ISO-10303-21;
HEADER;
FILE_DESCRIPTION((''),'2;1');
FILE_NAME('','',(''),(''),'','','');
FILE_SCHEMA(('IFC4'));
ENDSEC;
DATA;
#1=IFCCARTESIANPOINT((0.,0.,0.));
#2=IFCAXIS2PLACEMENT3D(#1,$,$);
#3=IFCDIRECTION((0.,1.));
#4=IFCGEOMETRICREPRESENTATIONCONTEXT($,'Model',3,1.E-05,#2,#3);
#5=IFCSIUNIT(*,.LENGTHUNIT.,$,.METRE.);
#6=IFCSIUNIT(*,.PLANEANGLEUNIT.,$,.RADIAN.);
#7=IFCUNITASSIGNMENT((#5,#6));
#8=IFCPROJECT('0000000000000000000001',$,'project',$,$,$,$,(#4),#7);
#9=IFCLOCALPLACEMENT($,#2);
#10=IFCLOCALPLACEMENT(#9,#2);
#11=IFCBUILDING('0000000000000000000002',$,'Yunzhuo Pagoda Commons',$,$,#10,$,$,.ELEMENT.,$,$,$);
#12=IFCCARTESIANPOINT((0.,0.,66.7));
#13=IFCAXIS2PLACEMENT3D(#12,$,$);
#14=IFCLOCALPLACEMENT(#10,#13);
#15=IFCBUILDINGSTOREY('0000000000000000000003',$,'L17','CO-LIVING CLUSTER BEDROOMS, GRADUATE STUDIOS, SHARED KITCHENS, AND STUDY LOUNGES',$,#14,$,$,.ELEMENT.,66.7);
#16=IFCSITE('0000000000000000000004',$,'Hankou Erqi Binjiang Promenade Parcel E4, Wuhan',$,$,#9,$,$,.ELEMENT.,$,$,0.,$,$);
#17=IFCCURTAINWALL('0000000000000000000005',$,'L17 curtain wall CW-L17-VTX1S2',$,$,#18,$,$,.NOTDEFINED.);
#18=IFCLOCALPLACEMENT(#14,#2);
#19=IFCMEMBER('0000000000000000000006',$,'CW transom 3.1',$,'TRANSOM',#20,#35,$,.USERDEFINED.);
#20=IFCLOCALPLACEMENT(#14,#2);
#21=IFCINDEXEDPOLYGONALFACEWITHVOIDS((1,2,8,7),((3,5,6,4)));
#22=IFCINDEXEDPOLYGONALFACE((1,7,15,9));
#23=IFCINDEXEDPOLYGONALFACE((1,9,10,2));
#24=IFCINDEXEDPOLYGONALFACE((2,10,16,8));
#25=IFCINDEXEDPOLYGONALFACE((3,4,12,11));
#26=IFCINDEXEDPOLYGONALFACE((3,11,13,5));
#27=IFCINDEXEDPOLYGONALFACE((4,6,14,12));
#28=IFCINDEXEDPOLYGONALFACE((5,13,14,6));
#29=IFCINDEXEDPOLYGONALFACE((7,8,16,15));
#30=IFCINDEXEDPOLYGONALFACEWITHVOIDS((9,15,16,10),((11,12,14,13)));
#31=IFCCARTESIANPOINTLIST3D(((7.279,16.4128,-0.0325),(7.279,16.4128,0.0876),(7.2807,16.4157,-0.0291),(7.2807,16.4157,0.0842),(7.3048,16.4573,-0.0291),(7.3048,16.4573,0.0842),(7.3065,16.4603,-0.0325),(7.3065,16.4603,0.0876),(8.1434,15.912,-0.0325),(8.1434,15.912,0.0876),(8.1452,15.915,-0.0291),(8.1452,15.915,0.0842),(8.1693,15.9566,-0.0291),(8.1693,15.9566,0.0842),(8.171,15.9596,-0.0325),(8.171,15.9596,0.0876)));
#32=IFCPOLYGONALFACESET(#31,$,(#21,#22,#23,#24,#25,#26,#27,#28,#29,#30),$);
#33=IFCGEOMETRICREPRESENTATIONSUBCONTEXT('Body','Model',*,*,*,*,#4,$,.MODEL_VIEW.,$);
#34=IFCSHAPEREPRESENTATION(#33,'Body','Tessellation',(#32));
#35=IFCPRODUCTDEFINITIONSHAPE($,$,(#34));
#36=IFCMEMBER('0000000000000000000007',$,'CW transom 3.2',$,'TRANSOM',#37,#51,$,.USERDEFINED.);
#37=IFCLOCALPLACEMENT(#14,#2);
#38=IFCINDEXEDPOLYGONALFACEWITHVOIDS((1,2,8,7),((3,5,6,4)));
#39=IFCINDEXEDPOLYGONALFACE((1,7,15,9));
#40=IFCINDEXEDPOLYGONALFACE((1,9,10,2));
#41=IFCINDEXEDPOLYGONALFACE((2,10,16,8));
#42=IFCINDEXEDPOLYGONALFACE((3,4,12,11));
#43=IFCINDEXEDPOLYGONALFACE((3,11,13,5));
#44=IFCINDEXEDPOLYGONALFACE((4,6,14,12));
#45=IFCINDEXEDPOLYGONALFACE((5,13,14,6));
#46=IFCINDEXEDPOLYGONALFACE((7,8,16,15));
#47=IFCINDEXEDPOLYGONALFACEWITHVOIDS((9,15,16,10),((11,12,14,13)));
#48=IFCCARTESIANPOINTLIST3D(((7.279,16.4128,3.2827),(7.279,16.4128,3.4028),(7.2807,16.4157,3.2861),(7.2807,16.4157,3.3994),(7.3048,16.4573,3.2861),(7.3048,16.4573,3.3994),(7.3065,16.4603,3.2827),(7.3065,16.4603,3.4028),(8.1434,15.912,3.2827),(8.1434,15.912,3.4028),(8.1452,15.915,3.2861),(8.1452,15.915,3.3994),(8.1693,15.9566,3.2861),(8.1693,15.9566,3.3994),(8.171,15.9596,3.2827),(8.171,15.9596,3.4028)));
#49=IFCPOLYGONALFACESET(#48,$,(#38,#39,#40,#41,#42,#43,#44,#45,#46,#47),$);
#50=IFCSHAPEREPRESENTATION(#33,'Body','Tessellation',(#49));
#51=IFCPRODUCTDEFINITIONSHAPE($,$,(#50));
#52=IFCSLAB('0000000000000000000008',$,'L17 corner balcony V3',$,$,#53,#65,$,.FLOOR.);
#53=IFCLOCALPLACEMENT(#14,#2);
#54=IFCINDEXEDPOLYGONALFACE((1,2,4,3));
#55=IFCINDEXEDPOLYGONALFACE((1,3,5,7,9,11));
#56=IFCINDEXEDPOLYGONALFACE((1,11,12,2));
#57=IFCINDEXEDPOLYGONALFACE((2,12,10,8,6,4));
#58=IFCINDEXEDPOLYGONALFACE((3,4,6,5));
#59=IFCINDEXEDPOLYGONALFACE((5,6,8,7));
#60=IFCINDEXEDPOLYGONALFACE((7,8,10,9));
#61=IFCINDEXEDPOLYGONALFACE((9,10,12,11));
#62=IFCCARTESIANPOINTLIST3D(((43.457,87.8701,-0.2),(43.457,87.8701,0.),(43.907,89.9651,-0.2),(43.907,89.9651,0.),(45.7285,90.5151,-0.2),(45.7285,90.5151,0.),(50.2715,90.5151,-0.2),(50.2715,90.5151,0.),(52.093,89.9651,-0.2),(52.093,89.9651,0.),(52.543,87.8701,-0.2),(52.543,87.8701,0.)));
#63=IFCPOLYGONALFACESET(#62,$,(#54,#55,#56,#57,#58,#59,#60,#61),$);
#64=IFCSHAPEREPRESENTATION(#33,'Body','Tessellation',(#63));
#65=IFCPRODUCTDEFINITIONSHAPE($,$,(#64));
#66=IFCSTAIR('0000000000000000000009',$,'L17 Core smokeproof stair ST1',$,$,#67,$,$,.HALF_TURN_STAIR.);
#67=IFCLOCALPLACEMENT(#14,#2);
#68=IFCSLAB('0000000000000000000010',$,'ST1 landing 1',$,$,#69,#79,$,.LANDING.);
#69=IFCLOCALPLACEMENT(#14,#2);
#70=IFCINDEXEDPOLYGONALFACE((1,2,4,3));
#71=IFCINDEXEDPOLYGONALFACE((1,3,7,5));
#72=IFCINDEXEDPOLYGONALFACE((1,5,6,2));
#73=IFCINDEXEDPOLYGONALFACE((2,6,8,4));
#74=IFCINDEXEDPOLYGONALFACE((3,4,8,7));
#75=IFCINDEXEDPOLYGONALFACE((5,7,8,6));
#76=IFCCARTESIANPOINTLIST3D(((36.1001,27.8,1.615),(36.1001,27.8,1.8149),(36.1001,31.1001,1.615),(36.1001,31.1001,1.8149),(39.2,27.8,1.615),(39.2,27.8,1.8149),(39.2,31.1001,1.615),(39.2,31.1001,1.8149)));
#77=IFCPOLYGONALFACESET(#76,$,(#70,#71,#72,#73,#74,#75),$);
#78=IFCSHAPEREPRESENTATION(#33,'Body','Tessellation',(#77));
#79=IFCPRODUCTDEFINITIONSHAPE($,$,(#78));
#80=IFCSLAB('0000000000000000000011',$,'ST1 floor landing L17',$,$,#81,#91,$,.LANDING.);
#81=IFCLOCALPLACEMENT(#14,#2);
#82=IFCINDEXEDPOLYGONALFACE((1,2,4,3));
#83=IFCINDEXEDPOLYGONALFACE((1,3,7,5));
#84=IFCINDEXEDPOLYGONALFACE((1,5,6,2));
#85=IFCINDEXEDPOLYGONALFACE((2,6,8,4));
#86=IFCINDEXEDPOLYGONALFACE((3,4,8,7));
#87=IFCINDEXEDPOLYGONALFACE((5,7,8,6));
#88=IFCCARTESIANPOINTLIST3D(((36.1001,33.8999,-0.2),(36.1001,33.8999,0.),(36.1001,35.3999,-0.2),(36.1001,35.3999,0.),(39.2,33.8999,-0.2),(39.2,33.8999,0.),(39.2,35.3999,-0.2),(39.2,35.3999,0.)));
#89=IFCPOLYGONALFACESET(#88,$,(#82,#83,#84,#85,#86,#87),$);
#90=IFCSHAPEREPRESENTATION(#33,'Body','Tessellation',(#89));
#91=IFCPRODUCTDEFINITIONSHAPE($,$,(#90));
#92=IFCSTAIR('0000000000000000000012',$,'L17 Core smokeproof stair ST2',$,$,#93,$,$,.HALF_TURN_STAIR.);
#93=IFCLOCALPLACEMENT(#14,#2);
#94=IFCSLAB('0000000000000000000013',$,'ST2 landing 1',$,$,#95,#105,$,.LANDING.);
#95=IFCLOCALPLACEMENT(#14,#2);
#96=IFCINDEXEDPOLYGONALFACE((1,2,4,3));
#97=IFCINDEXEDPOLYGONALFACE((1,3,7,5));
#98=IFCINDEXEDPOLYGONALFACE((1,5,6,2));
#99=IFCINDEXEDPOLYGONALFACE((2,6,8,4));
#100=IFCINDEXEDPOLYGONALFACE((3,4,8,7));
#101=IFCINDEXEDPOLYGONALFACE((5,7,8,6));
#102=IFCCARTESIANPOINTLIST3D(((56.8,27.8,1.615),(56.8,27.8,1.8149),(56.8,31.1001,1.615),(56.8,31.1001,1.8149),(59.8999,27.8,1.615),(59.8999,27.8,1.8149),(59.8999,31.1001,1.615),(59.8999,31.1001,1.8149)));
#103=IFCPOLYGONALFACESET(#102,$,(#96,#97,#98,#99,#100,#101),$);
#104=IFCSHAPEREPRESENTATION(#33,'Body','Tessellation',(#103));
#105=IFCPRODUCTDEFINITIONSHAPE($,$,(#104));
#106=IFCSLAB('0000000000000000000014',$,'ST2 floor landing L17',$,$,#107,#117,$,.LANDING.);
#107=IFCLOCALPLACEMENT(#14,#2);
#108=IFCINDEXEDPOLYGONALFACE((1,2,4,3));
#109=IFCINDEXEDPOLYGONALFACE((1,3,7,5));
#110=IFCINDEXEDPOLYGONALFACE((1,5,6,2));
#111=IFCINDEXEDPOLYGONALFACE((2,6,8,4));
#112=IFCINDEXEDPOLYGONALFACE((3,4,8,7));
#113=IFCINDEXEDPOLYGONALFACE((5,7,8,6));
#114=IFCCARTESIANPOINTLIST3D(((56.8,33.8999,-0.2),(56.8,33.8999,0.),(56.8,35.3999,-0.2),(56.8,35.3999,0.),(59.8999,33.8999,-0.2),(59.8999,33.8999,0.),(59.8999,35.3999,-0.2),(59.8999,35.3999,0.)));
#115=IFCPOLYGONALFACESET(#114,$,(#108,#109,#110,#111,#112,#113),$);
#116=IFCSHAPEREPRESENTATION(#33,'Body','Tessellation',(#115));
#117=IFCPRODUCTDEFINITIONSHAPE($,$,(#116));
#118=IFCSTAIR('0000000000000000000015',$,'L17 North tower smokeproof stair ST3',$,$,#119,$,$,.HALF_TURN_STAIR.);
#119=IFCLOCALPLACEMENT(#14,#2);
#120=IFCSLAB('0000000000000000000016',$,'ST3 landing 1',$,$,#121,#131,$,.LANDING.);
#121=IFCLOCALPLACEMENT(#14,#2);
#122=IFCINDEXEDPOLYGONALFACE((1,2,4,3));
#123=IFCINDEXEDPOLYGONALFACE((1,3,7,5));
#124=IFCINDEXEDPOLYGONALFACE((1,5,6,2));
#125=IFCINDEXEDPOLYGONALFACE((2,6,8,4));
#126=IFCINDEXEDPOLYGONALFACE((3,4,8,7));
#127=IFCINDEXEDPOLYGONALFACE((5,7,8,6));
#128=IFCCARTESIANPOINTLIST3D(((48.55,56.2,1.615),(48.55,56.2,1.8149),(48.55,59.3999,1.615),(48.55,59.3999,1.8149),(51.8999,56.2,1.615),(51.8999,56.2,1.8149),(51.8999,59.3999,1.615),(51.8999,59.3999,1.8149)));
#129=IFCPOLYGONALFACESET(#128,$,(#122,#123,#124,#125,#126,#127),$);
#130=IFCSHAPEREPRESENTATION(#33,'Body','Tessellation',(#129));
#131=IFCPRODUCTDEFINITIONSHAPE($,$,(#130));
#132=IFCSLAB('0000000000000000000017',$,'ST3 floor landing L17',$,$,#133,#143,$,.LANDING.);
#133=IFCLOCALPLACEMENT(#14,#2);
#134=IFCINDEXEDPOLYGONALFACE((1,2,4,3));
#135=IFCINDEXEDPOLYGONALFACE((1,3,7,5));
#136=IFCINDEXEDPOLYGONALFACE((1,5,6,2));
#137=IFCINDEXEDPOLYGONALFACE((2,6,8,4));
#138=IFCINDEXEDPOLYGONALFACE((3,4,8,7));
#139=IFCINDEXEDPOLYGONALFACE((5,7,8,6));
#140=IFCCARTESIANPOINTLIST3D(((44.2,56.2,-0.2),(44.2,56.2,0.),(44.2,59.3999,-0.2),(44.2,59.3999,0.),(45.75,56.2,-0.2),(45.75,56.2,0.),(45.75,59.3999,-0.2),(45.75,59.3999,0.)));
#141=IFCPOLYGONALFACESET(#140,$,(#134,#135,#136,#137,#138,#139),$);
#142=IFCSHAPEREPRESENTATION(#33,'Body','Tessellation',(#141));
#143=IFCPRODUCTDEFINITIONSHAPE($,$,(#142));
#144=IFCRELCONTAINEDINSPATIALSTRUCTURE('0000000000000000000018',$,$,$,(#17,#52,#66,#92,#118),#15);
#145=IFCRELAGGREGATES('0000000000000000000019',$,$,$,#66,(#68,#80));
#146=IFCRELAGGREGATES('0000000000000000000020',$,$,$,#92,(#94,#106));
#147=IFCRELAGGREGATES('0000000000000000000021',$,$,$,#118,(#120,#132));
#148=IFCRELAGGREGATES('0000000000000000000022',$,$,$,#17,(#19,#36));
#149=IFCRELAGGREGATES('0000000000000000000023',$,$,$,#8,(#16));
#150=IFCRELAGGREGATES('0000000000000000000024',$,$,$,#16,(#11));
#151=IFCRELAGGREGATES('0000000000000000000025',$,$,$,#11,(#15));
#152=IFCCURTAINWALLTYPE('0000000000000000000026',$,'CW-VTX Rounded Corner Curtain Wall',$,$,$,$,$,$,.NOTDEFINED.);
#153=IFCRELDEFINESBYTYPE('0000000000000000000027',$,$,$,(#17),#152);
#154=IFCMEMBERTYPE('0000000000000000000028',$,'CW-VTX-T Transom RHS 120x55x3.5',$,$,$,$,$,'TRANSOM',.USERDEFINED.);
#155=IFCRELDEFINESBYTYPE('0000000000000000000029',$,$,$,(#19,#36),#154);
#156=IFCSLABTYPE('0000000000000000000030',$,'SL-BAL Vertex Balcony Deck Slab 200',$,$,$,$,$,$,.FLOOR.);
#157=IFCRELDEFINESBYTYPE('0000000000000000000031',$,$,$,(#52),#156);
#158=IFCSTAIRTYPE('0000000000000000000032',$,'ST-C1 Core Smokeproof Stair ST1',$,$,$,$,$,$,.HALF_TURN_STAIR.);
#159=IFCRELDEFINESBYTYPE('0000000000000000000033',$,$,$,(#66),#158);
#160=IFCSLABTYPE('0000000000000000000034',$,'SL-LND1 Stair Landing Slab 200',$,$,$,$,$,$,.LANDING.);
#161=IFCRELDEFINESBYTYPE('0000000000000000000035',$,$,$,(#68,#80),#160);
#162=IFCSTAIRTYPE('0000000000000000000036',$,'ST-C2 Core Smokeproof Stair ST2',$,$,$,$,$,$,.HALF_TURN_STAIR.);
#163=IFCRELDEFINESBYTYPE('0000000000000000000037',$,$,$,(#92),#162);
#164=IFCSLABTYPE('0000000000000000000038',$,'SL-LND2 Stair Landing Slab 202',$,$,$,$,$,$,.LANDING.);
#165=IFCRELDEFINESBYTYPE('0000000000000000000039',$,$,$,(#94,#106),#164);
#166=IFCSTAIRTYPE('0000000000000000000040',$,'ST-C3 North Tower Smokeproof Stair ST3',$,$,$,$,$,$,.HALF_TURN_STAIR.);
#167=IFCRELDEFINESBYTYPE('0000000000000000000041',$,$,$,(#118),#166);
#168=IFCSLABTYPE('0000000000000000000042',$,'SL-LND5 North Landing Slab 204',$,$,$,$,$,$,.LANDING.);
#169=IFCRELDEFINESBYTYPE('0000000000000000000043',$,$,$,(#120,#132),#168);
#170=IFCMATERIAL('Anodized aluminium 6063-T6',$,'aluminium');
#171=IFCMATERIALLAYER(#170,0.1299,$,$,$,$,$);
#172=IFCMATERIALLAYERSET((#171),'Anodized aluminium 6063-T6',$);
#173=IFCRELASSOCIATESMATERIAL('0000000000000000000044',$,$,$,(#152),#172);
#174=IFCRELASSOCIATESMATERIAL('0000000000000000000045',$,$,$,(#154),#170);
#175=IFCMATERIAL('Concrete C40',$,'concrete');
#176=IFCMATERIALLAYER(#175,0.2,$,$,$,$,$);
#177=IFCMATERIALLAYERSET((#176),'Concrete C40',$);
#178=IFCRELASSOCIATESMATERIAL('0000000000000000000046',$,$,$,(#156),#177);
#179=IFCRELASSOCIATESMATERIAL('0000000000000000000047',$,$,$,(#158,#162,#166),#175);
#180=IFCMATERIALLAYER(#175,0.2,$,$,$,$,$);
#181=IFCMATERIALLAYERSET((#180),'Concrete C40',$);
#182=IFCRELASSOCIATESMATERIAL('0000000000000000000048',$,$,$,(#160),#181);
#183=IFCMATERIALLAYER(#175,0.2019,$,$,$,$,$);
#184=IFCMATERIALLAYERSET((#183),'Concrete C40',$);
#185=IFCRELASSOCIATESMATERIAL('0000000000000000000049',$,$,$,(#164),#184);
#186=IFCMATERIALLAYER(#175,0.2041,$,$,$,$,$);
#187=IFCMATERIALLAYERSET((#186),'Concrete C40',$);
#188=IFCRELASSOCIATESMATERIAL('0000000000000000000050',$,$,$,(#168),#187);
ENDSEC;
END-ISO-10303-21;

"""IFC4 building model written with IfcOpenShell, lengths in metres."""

from ifc_helpers import new_model, si_unit, direction, frame, origin, origin_2d, place, context, subcontext, project, spatial, polyline, hollow_rectangle, outline, extrude, source, transform, mapped, material, layer, layer_set, material_profile, profile_set, type_object, element, aggregate, save


model = new_model("IFC4")

# Units and contexts
model_context = context("Model", 3, precision=1e-05, world=origin(), true_north=direction((0.0, 1.0)))
body_context = subcontext(model_context, "Body", "Model", "MODEL_VIEW")
ifc_project = project(units=[si_unit("LENGTHUNIT", "METRE"), si_unit("PLANEANGLEUNIT", "RADIAN")], contexts=[model_context])

# Site, building, storey
site_placement = place(None, origin())
site = spatial("IfcSite", under=ifc_project, at=site_placement, Name="Hankou Erqi Binjiang Promenade Parcel E4, Wuhan", CompositionType="ELEMENT", RefElevation=0.0)
building_placement = place(site_placement, origin())
building = spatial("IfcBuilding", under=site, at=building_placement, Name="Yunzhuo Pagoda Commons", CompositionType="ELEMENT")
storey_placement = place(building_placement, frame((0.0, 0.0, 66.7)))
storey = spatial("IfcBuildingStorey", under=building, at=storey_placement, Name="L17", Description="CO-LIVING CLUSTER BEDROOMS, GRADUATE STUDIOS, SHARED KITCHENS, AND STUDY LOUNGES", CompositionType="ELEMENT", Elevation=66.7)

# Curtain wall, members
ifc_material_1 = material(Name="Anodized aluminium 6063-T6", Category="aluminium")
ifc_layer_1 = layer(ifc_material_1, 0.1299)
ifc_layer_set_1 = layer_set([ifc_layer_1], Name="Anodized aluminium 6063-T6")
curtain_wall_type = type_object("IfcCurtainWallType", Name="CW-VTX Rounded Corner Curtain Wall", PredefinedType="NOTDEFINED", material=ifc_layer_set_1)
curtain_wall_1_placement = place(storey_placement, origin())
curtain_wall_1 = element("IfcCurtainWall", 1, at=curtain_wall_1_placement, inside=storey, type_object=curtain_wall_type, Name="L17 curtain wall CW-L17-VTX1S2", PredefinedType="NOTDEFINED")
ifc_material_profile_1 = material_profile(ifc_material_1, hollow_rectangle(XDim=0.0549, YDim=0.1201, WallThickness=0.0034, at=origin_2d()), Name="Anodized aluminium 6063-T6")
ifc_profile_set_1 = profile_set([ifc_material_profile_1], Name="Anodized aluminium 6063-T6")
member_type_1 = type_object("IfcMemberType", Name="CW-VTX-T Transom RHS 120x55x3.5", ElementType="TRANSOM", PredefinedType="USERDEFINED", material=ifc_profile_set_1)
shared_shape_1 = source(origin(), body_context, "Body", "SweptSolid", [
    extrude(hollow_rectangle(XDim=0.0549, YDim=0.1201, WallThickness=0.0034, at=origin_2d()), origin(), (0.0, 0.0, 1.0), 0.999),
])
member_1_placement = place(storey_placement, frame((7.2927, 16.4365, 0.0276), z_axis=(0.865326, -0.50121, 0.0), x_axis=(0.50121, 0.865326, 0.0)))
member_1 = element("IfcMember", 2, at=member_1_placement, type_object=member_type_1, Name="CW transom 3.1", ObjectType="TRANSOM", PredefinedType="USERDEFINED", context=body_context, shape_type="MappedRepresentation", body=[
    mapped(shared_shape_1, transform((0.0, 0.0, 0.0), scale=1.0)),
])
member_2_placement = place(storey_placement, frame((7.2927, 16.4365, 3.3428), z_axis=(0.865326, -0.50121, 0.0), x_axis=(0.50121, 0.865326, 0.0)))
member_2 = element("IfcMember", 3, at=member_2_placement, type_object=member_type_1, Name="CW transom 3.2", ObjectType="TRANSOM", PredefinedType="USERDEFINED", context=body_context, shape_type="MappedRepresentation", body=[
    mapped(shared_shape_1, transform((0.0, 0.0, 0.0), scale=1.0)),
])

# Slab
ifc_material_2 = material(Name="Concrete C40", Category="concrete")
ifc_layer_2 = layer(ifc_material_2, 0.2)
ifc_layer_set_2 = layer_set([ifc_layer_2], Name="Concrete C40")
slab_type_1 = type_object("IfcSlabType", Name="SL-BAL Vertex Balcony Deck Slab 200", PredefinedType="FLOOR", material=ifc_layer_set_2)
slab_1_placement = place(storey_placement, frame((0.0, 0.0, -0.2)))
element("IfcSlab", 4, at=slab_1_placement, inside=storey, type_object=slab_type_1, Name="L17 corner balcony V3", PredefinedType="FLOOR", context=body_context, shape_type="SweptSolid", body=[
    extrude(outline(polyline([(52.543, 87.8701), (43.457, 87.8701), (43.907, 89.9651), (45.7285, 90.5151), (50.2715, 90.5151), (52.093, 89.9651), (52.543, 87.8701)])), origin(), (0.0, 0.0, 1.0), 0.2),
])

# Stairs, slabs
stair_type_1 = type_object("IfcStairType", Name="ST-C1 Core Smokeproof Stair ST1", PredefinedType="HALF_TURN_STAIR", material=ifc_material_2)
stair_1_placement = place(storey_placement, origin())
stair_1 = element("IfcStair", 5, at=stair_1_placement, inside=storey, type_object=stair_type_1, Name="L17 Core smokeproof stair ST1", PredefinedType="HALF_TURN_STAIR")
ifc_layer_3 = layer(ifc_material_2, 0.2)
ifc_layer_set_3 = layer_set([ifc_layer_3], Name="Concrete C40")
slab_type_2 = type_object("IfcSlabType", Name="SL-LND1 Stair Landing Slab 200", PredefinedType="LANDING", material=ifc_layer_set_3)
slab_2_placement = place(storey_placement, frame((0.0, 0.0, 1.615)))
slab_2 = element("IfcSlab", 6, at=slab_2_placement, type_object=slab_type_2, Name="ST1 landing 1", PredefinedType="LANDING", context=body_context, shape_type="SweptSolid", body=[
    extrude(outline(polyline([(36.1001, 31.1001), (36.1001, 27.8), (39.2, 27.8), (39.2, 31.1001), (36.1001, 31.1001)])), origin(), (0.0, 0.0, 1.0), 0.2),
])
slab_3_placement = place(storey_placement, frame((0.0, 0.0, -0.2)))
slab_3 = element("IfcSlab", 7, at=slab_3_placement, type_object=slab_type_2, Name="ST1 floor landing L17", PredefinedType="LANDING", context=body_context, shape_type="SweptSolid", body=[
    extrude(outline(polyline([(36.1001, 35.3999), (36.1001, 33.8999), (39.2, 33.8999), (39.2, 35.3999), (36.1001, 35.3999)])), origin(), (0.0, 0.0, 1.0), 0.2),
])
aggregate(stair_1, [slab_2, slab_3])
stair_type_2 = type_object("IfcStairType", Name="ST-C2 Core Smokeproof Stair ST2", PredefinedType="HALF_TURN_STAIR", material=ifc_material_2)
stair_2_placement = place(storey_placement, origin())
stair_2 = element("IfcStair", 8, at=stair_2_placement, inside=storey, type_object=stair_type_2, Name="L17 Core smokeproof stair ST2", PredefinedType="HALF_TURN_STAIR")
ifc_layer_4 = layer(ifc_material_2, 0.2019)
ifc_layer_set_4 = layer_set([ifc_layer_4], Name="Concrete C40")
slab_type_3 = type_object("IfcSlabType", Name="SL-LND2 Stair Landing Slab 202", PredefinedType="LANDING", material=ifc_layer_set_4)
slab_4_placement = place(storey_placement, frame((0.0, 0.0, 1.615)))
slab_4 = element("IfcSlab", 9, at=slab_4_placement, type_object=slab_type_3, Name="ST2 landing 1", PredefinedType="LANDING", context=body_context, shape_type="SweptSolid", body=[
    extrude(outline(polyline([(56.8, 31.1001), (56.8, 27.8), (59.8999, 27.8), (59.8999, 31.1001), (56.8, 31.1001)])), origin(), (0.0, 0.0, 1.0), 0.2),
])
slab_5_placement = place(storey_placement, frame((0.0, 0.0, -0.2)))
slab_5 = element("IfcSlab", 10, at=slab_5_placement, type_object=slab_type_3, Name="ST2 floor landing L17", PredefinedType="LANDING", context=body_context, shape_type="SweptSolid", body=[
    extrude(outline(polyline([(56.8, 35.3999), (56.8, 33.8999), (59.8999, 33.8999), (59.8999, 35.3999), (56.8, 35.3999)])), origin(), (0.0, 0.0, 1.0), 0.2),
])
aggregate(stair_2, [slab_4, slab_5])
stair_type_3 = type_object("IfcStairType", Name="ST-C3 North Tower Smokeproof Stair ST3", PredefinedType="HALF_TURN_STAIR", material=ifc_material_2)
stair_3_placement = place(storey_placement, origin())
stair_3 = element("IfcStair", 11, at=stair_3_placement, inside=storey, type_object=stair_type_3, Name="L17 North tower smokeproof stair ST3", PredefinedType="HALF_TURN_STAIR")
ifc_layer_5 = layer(ifc_material_2, 0.2041)
ifc_layer_set_5 = layer_set([ifc_layer_5], Name="Concrete C40")
slab_type_4 = type_object("IfcSlabType", Name="SL-LND5 North Landing Slab 204", PredefinedType="LANDING", material=ifc_layer_set_5)
slab_6_placement = place(storey_placement, frame((0.0, 0.0, 1.615)))
slab_6 = element("IfcSlab", 12, at=slab_6_placement, type_object=slab_type_4, Name="ST3 landing 1", PredefinedType="LANDING", context=body_context, shape_type="SweptSolid", body=[
    extrude(outline(polyline([(48.55, 56.2), (51.8999, 56.2), (51.8999, 59.3999), (48.55, 59.3999), (48.55, 56.2)])), origin(), (0.0, 0.0, 1.0), 0.2),
])
slab_7_placement = place(storey_placement, frame((0.0, 0.0, -0.2)))
slab_7 = element("IfcSlab", 13, at=slab_7_placement, type_object=slab_type_4, Name="ST3 floor landing L17", PredefinedType="LANDING", context=body_context, shape_type="SweptSolid", body=[
    extrude(outline(polyline([(44.2, 56.2), (45.75, 56.2), (45.75, 59.3999), (44.2, 59.3999), (44.2, 56.2)])), origin(), (0.0, 0.0, 1.0), 0.2),
])
aggregate(stair_3, [slab_6, slab_7])

aggregate(curtain_wall_1, [member_1, member_2])

save(model, "model.ifc")
